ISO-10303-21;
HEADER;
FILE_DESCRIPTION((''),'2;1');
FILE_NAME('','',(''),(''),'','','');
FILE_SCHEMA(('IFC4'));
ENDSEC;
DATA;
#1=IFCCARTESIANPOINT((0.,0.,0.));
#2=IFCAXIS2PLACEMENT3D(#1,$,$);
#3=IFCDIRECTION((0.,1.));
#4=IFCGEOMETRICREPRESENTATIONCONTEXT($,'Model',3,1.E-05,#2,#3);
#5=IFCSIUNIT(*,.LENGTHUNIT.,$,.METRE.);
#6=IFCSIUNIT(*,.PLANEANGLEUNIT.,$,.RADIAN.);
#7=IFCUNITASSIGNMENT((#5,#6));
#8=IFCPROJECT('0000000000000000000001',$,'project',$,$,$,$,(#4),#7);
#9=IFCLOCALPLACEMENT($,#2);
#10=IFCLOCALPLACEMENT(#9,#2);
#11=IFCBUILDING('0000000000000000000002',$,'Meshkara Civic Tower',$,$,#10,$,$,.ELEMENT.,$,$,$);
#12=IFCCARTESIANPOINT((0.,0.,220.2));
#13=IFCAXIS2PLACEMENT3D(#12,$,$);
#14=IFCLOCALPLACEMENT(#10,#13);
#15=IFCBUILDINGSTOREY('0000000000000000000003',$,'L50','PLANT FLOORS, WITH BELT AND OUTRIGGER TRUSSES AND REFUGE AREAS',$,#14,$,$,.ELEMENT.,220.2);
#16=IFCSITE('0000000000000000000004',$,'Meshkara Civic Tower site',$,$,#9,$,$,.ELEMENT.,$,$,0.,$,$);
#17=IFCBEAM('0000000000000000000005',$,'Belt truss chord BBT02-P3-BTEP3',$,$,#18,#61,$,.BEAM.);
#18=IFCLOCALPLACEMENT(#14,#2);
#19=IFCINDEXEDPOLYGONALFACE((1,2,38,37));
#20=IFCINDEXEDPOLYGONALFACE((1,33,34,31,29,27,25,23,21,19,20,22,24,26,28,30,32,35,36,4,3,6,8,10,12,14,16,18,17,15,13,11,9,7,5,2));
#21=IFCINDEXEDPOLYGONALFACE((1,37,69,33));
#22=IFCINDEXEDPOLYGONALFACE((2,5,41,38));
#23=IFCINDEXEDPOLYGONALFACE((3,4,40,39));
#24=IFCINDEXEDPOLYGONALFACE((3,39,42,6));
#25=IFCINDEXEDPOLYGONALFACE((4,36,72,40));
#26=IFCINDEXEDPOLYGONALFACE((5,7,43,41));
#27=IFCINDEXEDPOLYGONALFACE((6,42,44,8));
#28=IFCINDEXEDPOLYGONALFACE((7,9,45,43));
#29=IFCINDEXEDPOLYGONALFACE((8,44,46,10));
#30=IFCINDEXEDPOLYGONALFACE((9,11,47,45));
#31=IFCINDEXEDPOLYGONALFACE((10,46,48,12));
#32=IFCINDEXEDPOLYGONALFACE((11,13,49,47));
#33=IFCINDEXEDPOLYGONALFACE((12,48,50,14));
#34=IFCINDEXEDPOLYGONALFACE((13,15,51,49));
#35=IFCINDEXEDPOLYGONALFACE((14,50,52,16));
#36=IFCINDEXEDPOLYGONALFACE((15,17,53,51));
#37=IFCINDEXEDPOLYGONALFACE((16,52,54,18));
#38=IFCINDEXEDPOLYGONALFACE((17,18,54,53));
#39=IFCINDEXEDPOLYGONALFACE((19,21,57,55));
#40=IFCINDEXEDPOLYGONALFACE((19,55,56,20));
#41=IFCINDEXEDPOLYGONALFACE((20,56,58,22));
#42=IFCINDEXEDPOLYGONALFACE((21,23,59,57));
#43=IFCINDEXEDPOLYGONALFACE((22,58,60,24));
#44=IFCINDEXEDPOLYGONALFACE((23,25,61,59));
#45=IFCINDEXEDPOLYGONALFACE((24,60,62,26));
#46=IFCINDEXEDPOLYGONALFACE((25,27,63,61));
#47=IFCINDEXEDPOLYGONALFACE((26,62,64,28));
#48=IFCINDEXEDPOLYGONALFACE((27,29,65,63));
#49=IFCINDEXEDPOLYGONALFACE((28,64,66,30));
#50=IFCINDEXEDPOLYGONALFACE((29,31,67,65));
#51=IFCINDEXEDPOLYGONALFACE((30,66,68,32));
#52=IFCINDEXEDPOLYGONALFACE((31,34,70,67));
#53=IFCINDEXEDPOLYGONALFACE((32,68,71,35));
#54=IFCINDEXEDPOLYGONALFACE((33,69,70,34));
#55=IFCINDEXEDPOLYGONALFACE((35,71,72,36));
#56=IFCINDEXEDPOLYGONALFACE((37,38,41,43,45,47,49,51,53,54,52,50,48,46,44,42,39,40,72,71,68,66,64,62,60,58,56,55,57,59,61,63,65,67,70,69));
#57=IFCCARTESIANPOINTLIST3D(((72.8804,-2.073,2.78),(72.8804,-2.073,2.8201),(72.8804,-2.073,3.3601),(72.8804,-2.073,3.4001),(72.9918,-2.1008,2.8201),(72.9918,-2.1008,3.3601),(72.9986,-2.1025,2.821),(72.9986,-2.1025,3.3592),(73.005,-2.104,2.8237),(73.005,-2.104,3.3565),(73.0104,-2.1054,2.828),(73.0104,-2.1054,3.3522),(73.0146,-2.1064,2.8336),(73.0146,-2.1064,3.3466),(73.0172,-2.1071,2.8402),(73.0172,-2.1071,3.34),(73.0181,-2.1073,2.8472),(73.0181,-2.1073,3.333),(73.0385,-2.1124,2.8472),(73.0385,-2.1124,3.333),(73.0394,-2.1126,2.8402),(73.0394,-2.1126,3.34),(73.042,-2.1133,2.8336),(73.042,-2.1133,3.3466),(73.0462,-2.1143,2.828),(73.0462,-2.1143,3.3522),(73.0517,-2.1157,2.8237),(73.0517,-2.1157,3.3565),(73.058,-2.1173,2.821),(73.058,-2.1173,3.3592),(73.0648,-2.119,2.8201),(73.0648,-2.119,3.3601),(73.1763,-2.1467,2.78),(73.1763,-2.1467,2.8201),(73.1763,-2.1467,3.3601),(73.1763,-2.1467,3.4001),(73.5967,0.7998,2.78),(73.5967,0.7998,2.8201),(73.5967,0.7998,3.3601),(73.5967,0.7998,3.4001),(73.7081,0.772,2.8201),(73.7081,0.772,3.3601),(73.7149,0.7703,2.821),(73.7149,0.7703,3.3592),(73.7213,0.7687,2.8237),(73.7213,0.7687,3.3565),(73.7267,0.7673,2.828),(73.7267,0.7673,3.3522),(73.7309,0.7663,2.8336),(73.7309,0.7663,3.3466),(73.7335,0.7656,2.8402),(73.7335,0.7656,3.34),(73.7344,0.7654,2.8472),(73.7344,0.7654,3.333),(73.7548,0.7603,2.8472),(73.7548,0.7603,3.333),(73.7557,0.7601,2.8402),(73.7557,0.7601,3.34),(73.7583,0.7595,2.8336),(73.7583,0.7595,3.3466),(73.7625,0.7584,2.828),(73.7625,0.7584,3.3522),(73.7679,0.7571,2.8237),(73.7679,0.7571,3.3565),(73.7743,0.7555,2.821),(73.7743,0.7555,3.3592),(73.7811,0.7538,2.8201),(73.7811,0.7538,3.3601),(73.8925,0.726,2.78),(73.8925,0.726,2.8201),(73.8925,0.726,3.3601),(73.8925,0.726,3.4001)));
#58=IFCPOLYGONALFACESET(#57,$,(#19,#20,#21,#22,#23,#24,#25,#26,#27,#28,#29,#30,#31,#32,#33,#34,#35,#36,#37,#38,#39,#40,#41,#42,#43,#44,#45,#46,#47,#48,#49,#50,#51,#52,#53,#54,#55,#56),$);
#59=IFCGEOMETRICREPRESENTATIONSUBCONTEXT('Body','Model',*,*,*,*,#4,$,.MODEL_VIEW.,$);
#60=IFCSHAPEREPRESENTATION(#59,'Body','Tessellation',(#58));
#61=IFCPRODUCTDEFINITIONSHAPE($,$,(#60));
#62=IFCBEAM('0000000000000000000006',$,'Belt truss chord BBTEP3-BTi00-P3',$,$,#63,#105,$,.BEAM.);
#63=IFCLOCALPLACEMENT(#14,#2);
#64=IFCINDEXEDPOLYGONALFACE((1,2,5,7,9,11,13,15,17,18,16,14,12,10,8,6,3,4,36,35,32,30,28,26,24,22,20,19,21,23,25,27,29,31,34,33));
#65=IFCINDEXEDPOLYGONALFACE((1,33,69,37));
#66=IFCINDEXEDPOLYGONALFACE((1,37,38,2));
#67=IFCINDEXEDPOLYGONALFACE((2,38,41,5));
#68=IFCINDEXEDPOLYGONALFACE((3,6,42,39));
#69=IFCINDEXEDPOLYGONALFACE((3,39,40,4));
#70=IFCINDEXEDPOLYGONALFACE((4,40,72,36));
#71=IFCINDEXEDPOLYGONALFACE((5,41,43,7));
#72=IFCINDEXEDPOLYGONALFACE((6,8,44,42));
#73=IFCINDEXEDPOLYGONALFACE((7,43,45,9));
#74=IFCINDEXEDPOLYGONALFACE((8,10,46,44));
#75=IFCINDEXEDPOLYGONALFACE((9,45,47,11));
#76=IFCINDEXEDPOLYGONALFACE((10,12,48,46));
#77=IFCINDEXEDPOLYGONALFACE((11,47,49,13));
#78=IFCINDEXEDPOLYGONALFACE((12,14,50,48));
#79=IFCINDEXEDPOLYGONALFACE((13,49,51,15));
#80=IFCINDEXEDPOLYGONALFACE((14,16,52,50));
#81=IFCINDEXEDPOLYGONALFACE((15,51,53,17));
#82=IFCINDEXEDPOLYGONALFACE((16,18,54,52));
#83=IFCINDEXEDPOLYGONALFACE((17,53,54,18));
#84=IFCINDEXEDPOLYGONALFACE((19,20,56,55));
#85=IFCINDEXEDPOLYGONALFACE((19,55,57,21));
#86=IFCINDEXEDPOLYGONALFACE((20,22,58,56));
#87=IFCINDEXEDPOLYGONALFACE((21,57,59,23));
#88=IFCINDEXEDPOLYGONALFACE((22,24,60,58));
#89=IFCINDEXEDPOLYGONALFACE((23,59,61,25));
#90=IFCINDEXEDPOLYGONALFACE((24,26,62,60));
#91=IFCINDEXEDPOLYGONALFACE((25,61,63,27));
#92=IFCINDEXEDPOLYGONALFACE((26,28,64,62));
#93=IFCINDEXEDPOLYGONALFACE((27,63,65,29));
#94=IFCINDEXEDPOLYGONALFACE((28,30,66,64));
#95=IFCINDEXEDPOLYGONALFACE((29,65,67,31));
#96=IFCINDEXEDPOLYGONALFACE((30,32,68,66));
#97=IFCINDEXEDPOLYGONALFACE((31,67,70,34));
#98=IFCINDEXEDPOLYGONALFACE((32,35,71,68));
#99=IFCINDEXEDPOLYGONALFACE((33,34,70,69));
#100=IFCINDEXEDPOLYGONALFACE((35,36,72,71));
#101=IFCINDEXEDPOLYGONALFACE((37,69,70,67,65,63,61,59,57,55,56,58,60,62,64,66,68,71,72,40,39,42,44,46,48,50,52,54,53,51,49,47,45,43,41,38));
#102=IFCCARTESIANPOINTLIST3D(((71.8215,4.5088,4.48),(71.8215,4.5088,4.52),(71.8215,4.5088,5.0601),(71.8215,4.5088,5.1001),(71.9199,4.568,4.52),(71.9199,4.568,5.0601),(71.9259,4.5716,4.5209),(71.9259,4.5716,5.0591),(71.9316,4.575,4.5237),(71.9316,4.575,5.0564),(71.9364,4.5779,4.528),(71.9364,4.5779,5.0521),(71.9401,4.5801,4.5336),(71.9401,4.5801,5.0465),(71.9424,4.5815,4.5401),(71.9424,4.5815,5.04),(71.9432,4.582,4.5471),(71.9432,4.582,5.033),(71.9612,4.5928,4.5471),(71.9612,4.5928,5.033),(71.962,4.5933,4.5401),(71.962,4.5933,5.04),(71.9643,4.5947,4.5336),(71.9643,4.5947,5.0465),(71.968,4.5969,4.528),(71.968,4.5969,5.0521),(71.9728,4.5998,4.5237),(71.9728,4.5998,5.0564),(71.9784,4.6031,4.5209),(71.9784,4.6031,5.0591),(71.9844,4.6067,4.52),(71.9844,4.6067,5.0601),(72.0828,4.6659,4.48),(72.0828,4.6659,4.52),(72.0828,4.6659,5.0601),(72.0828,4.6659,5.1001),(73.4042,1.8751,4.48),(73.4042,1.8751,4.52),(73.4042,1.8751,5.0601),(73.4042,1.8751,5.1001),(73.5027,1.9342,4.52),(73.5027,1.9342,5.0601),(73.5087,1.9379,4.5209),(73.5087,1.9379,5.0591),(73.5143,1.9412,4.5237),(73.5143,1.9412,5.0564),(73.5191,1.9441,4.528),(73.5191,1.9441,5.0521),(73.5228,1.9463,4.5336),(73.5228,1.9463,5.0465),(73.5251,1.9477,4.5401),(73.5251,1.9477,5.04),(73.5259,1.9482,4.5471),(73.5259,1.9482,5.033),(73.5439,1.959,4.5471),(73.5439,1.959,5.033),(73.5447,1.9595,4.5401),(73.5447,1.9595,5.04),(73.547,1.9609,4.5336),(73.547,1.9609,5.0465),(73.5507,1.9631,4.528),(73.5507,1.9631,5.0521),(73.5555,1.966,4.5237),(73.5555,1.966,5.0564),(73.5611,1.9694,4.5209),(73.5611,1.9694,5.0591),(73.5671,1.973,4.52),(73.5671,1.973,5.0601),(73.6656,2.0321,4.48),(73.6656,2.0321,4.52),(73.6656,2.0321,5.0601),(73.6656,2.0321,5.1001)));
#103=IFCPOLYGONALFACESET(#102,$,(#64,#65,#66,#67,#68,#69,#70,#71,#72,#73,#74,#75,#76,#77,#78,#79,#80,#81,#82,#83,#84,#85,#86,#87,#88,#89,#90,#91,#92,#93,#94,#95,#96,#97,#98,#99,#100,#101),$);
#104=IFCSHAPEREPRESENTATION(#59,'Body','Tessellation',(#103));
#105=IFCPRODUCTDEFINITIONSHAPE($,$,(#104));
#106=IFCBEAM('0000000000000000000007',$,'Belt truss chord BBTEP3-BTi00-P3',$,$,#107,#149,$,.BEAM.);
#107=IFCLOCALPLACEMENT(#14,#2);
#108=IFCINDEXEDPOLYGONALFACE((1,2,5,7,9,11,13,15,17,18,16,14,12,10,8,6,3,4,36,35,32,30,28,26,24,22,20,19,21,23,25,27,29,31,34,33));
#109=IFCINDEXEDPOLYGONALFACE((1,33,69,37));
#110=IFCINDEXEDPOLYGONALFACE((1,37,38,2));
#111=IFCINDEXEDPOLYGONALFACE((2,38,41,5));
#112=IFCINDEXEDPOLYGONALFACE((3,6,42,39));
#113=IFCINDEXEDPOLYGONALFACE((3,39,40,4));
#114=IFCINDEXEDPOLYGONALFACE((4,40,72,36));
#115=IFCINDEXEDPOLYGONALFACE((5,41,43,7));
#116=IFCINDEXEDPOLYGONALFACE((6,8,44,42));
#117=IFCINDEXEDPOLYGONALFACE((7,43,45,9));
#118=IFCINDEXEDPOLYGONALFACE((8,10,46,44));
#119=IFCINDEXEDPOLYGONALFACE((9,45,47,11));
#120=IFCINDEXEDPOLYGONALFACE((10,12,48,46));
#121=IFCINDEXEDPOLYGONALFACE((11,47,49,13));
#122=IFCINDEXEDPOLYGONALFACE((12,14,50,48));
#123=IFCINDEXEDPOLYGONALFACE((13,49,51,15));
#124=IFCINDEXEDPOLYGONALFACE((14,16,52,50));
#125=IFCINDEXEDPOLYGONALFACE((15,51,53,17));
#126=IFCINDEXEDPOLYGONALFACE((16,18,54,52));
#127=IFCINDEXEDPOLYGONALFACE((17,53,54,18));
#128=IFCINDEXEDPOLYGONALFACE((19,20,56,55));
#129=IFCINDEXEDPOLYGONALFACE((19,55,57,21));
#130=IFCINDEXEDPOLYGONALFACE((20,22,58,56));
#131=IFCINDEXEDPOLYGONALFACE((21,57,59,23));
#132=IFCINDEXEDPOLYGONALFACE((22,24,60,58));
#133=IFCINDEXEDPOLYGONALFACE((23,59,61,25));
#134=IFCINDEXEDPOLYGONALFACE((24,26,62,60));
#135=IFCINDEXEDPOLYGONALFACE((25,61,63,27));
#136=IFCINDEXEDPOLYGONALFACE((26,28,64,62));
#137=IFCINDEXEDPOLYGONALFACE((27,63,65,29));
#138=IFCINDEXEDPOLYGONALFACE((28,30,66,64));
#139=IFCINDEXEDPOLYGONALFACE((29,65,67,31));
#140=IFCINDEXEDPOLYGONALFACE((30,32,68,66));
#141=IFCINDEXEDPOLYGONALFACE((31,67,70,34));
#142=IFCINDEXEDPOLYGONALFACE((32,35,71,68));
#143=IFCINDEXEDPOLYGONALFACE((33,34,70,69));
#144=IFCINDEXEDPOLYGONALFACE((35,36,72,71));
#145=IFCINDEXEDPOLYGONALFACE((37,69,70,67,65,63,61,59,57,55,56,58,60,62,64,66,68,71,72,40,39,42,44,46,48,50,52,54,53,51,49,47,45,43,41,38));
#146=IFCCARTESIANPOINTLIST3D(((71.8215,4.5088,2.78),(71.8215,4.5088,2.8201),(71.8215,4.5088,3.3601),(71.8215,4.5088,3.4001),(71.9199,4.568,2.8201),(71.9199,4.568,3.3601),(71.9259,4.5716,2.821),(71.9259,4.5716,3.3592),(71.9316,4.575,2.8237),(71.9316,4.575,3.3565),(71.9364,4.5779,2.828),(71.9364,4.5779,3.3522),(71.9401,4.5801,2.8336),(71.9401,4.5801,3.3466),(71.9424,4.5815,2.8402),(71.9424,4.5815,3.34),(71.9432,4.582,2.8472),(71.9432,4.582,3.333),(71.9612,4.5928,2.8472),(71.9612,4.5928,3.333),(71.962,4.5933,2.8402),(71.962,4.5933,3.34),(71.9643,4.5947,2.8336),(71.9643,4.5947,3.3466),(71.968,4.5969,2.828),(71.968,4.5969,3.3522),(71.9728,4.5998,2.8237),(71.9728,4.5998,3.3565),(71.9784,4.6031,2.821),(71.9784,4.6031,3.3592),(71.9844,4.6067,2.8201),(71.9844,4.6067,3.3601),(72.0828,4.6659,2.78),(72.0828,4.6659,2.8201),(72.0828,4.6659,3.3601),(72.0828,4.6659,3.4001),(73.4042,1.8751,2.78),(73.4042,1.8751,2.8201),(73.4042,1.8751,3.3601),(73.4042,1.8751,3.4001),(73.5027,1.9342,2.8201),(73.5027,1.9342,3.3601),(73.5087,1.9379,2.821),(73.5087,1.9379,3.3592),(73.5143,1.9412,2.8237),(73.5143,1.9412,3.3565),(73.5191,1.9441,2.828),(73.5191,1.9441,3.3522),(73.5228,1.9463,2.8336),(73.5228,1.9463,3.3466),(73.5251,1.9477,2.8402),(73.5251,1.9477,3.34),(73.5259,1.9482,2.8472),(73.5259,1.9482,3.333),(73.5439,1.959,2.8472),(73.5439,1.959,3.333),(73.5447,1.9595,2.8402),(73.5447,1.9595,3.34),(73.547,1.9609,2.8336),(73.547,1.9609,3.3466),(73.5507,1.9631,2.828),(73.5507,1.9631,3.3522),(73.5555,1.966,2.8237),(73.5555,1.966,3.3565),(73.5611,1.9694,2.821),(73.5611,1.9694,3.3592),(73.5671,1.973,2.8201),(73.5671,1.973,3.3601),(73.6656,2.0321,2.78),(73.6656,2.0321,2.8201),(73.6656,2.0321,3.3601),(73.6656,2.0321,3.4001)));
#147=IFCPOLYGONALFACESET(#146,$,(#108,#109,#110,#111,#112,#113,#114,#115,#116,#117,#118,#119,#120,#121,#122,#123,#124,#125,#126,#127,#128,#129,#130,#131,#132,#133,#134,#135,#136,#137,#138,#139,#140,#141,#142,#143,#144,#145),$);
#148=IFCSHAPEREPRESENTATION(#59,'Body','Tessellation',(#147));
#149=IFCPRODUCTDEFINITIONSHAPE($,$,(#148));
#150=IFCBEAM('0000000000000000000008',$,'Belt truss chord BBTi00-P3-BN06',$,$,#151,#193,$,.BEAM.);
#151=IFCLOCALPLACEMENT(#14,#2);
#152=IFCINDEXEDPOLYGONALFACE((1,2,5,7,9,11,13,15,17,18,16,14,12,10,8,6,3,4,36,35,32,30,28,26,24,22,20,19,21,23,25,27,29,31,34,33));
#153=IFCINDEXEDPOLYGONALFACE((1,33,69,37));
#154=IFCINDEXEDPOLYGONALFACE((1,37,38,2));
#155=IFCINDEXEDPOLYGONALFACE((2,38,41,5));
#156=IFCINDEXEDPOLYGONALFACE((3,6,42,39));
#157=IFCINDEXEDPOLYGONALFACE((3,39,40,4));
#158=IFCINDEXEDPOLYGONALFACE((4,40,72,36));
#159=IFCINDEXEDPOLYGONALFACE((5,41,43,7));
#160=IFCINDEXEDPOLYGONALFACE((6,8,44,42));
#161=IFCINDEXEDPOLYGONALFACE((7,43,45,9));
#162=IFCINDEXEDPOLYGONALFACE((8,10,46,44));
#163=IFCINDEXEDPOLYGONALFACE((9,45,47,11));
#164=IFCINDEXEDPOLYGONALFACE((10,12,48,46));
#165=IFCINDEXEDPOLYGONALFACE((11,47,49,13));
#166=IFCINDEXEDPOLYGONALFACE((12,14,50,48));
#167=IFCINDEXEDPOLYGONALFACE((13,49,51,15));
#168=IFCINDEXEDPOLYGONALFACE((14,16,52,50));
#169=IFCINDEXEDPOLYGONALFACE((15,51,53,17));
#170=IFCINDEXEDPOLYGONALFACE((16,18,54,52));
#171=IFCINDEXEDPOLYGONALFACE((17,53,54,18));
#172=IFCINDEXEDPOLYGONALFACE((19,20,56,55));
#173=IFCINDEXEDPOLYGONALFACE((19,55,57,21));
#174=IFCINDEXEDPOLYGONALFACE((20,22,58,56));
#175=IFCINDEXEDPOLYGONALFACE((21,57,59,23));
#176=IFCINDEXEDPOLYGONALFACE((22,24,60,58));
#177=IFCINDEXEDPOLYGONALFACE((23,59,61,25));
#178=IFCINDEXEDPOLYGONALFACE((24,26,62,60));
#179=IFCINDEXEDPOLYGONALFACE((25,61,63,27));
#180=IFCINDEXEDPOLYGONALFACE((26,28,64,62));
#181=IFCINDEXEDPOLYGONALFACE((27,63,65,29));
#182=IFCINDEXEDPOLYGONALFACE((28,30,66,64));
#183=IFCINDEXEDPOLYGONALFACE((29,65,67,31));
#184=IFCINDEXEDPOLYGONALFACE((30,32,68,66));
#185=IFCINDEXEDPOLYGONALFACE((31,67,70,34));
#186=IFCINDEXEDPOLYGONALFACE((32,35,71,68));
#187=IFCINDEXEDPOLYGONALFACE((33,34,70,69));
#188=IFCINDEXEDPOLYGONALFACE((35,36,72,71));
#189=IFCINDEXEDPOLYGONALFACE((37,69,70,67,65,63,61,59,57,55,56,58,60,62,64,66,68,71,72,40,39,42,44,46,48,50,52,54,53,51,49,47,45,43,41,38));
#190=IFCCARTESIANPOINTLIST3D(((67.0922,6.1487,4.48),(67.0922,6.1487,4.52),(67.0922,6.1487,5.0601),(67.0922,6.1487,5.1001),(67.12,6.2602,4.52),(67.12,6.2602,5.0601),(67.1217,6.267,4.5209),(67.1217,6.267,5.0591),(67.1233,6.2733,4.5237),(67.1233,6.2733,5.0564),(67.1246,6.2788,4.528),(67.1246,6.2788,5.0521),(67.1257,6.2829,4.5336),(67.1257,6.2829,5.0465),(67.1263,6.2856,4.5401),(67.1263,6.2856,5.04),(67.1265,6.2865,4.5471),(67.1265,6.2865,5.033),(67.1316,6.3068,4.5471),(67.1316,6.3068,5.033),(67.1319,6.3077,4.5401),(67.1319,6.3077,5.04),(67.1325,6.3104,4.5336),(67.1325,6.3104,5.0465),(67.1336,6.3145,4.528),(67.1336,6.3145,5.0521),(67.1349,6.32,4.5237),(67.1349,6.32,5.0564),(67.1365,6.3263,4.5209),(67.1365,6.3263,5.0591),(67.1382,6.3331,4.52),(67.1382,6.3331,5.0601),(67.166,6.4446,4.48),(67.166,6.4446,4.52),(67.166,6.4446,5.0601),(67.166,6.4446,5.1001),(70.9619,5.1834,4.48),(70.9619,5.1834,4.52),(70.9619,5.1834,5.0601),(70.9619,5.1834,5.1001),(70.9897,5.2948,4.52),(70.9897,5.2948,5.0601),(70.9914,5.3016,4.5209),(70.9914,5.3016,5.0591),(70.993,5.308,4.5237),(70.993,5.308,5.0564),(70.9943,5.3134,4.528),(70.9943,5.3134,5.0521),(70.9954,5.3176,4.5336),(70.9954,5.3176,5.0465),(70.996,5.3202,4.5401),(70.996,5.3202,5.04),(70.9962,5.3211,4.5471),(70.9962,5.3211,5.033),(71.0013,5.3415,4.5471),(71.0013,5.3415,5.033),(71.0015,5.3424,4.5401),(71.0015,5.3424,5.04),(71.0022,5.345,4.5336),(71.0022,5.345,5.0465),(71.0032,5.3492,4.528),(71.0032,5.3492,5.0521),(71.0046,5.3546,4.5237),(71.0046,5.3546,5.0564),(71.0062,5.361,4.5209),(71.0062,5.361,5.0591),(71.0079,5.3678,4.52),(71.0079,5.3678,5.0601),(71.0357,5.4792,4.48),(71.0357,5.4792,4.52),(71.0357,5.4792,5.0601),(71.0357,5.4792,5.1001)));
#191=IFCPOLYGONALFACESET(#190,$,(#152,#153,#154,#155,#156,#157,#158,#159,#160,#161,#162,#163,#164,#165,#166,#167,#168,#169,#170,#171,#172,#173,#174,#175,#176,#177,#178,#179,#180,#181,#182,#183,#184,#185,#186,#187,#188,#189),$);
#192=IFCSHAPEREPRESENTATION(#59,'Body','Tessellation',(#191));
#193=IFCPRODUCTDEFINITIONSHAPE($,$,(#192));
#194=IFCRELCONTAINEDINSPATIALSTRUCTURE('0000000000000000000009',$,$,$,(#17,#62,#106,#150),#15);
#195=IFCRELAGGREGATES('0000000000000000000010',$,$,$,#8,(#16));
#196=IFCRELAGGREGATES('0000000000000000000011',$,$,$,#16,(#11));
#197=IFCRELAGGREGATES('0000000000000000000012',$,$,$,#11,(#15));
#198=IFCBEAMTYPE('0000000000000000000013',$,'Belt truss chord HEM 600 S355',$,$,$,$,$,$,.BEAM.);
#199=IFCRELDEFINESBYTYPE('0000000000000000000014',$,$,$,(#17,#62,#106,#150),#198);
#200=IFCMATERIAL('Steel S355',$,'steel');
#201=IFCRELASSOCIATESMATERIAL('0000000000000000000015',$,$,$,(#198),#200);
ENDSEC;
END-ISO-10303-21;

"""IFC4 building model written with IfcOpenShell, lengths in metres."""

from ifc_helpers import new_model, si_unit, direction, frame, origin, origin_2d, place, context, subcontext, project, spatial, i_section, extrude, material, material_profile, profile_set, type_object, element, save


model = new_model("IFC4")

# Units and contexts
model_context = context("Model", 3, precision=1e-05, world=origin(), true_north=direction((0.0, 1.0)))
body_context = subcontext(model_context, "Body", "Model", "MODEL_VIEW")
ifc_project = project(units=[si_unit("LENGTHUNIT", "METRE"), si_unit("PLANEANGLEUNIT", "RADIAN")], contexts=[model_context])

# Site, building, storey
site_placement = place(None, origin())
site = spatial("IfcSite", under=ifc_project, at=site_placement, Name="Meshkara Civic Tower site", CompositionType="ELEMENT", RefElevation=0.0)
building_placement = place(site_placement, origin())
building = spatial("IfcBuilding", under=site, at=building_placement, Name="Meshkara Civic Tower", CompositionType="ELEMENT")
storey_placement = place(building_placement, frame((0.0, 0.0, 220.2)))
storey = spatial("IfcBuildingStorey", under=building, at=storey_placement, Name="L50", Description="PLANT FLOORS, WITH BELT AND OUTRIGGER TRUSSES AND REFUGE AREAS", CompositionType="ELEMENT", Elevation=220.2)

# Beams
ifc_material_1 = material(Name="Steel S355", Category="steel")
ifc_material_profile_1 = material_profile(ifc_material_1, i_section(OverallWidth=0.3049, OverallDepth=0.6201, WebThickness=0.021, FlangeThickness=0.04, FilletRadius=0.0271, at=origin_2d()))
ifc_profile_set_1 = profile_set([ifc_material_profile_1], Name="Steel S355")
beam_type = type_object("IfcBeamType", Name="Belt truss chord HEM 600 S355", PredefinedType="BEAM", material=ifc_profile_set_1)
for number, where, z_axis, x_axis, name in (
    (1, (73.0283, -2.1099, 3.0901), (0.241934, 0.970293, 0.0), (-0.970293, 0.241934, 0.0), "Belt truss chord BBT02-P3-BTEP3"),
):
    element("IfcBeam", number, at=place(storey_placement, frame(where, z_axis=z_axis, x_axis=x_axis)), inside=storey, type_object=beam_type, Name=name, PredefinedType="BEAM", context=body_context, shape_type="SweptSolid", body=[
        extrude(i_section(OverallWidth=0.3049, OverallDepth=0.6201, WebThickness=0.021, FlangeThickness=0.04, FilletRadius=0.0271, at=origin_2d()), origin(), (0.0, 0.0, 1.0), 2.9607),
    ])
for number, where, z_axis, x_axis, name in (
    (2, (73.5349, 1.9536, 4.79), (-0.515092, 0.857135, 0.0), (-0.857135, -0.515092, 0.0), "Belt truss chord BBTEP3-BTi00-P3"),
    (3, (73.5349, 1.9536, 3.0901), (-0.515092, 0.857135, 0.0), (-0.857135, -0.515092, 0.0), "Belt truss chord BBTEP3-BTi00-P3"),
):
    element("IfcBeam", number, at=place(storey_placement, frame(where, z_axis=z_axis, x_axis=x_axis)), inside=storey, type_object=beam_type, Name=name, PredefinedType="BEAM", context=body_context, shape_type="SweptSolid", body=[
        extrude(i_section(OverallWidth=0.3049, OverallDepth=0.6201, WebThickness=0.021, FlangeThickness=0.04, FilletRadius=0.0271, at=origin_2d()), origin(), (0.0, 0.0, 1.0), 3.0728),
    ])
for number, where, z_axis, x_axis, name in (
    (4, (70.9988, 5.3313, 4.79), (-0.970265, 0.242046, 0.0), (-0.242046, -0.970265, 0.0), "Belt truss chord BBTi00-P3-BN06"),
):
    element("IfcBeam", number, at=place(storey_placement, frame(where, z_axis=z_axis, x_axis=x_axis)), inside=storey, type_object=beam_type, Name=name, PredefinedType="BEAM", context=body_context, shape_type="SweptSolid", body=[
        extrude(i_section(OverallWidth=0.3049, OverallDepth=0.6201, WebThickness=0.021, FlangeThickness=0.04, FilletRadius=0.0271, at=origin_2d()), origin(), (0.0, 0.0, 1.0), 3.9883),
    ])

save(model, "model.ifc")
